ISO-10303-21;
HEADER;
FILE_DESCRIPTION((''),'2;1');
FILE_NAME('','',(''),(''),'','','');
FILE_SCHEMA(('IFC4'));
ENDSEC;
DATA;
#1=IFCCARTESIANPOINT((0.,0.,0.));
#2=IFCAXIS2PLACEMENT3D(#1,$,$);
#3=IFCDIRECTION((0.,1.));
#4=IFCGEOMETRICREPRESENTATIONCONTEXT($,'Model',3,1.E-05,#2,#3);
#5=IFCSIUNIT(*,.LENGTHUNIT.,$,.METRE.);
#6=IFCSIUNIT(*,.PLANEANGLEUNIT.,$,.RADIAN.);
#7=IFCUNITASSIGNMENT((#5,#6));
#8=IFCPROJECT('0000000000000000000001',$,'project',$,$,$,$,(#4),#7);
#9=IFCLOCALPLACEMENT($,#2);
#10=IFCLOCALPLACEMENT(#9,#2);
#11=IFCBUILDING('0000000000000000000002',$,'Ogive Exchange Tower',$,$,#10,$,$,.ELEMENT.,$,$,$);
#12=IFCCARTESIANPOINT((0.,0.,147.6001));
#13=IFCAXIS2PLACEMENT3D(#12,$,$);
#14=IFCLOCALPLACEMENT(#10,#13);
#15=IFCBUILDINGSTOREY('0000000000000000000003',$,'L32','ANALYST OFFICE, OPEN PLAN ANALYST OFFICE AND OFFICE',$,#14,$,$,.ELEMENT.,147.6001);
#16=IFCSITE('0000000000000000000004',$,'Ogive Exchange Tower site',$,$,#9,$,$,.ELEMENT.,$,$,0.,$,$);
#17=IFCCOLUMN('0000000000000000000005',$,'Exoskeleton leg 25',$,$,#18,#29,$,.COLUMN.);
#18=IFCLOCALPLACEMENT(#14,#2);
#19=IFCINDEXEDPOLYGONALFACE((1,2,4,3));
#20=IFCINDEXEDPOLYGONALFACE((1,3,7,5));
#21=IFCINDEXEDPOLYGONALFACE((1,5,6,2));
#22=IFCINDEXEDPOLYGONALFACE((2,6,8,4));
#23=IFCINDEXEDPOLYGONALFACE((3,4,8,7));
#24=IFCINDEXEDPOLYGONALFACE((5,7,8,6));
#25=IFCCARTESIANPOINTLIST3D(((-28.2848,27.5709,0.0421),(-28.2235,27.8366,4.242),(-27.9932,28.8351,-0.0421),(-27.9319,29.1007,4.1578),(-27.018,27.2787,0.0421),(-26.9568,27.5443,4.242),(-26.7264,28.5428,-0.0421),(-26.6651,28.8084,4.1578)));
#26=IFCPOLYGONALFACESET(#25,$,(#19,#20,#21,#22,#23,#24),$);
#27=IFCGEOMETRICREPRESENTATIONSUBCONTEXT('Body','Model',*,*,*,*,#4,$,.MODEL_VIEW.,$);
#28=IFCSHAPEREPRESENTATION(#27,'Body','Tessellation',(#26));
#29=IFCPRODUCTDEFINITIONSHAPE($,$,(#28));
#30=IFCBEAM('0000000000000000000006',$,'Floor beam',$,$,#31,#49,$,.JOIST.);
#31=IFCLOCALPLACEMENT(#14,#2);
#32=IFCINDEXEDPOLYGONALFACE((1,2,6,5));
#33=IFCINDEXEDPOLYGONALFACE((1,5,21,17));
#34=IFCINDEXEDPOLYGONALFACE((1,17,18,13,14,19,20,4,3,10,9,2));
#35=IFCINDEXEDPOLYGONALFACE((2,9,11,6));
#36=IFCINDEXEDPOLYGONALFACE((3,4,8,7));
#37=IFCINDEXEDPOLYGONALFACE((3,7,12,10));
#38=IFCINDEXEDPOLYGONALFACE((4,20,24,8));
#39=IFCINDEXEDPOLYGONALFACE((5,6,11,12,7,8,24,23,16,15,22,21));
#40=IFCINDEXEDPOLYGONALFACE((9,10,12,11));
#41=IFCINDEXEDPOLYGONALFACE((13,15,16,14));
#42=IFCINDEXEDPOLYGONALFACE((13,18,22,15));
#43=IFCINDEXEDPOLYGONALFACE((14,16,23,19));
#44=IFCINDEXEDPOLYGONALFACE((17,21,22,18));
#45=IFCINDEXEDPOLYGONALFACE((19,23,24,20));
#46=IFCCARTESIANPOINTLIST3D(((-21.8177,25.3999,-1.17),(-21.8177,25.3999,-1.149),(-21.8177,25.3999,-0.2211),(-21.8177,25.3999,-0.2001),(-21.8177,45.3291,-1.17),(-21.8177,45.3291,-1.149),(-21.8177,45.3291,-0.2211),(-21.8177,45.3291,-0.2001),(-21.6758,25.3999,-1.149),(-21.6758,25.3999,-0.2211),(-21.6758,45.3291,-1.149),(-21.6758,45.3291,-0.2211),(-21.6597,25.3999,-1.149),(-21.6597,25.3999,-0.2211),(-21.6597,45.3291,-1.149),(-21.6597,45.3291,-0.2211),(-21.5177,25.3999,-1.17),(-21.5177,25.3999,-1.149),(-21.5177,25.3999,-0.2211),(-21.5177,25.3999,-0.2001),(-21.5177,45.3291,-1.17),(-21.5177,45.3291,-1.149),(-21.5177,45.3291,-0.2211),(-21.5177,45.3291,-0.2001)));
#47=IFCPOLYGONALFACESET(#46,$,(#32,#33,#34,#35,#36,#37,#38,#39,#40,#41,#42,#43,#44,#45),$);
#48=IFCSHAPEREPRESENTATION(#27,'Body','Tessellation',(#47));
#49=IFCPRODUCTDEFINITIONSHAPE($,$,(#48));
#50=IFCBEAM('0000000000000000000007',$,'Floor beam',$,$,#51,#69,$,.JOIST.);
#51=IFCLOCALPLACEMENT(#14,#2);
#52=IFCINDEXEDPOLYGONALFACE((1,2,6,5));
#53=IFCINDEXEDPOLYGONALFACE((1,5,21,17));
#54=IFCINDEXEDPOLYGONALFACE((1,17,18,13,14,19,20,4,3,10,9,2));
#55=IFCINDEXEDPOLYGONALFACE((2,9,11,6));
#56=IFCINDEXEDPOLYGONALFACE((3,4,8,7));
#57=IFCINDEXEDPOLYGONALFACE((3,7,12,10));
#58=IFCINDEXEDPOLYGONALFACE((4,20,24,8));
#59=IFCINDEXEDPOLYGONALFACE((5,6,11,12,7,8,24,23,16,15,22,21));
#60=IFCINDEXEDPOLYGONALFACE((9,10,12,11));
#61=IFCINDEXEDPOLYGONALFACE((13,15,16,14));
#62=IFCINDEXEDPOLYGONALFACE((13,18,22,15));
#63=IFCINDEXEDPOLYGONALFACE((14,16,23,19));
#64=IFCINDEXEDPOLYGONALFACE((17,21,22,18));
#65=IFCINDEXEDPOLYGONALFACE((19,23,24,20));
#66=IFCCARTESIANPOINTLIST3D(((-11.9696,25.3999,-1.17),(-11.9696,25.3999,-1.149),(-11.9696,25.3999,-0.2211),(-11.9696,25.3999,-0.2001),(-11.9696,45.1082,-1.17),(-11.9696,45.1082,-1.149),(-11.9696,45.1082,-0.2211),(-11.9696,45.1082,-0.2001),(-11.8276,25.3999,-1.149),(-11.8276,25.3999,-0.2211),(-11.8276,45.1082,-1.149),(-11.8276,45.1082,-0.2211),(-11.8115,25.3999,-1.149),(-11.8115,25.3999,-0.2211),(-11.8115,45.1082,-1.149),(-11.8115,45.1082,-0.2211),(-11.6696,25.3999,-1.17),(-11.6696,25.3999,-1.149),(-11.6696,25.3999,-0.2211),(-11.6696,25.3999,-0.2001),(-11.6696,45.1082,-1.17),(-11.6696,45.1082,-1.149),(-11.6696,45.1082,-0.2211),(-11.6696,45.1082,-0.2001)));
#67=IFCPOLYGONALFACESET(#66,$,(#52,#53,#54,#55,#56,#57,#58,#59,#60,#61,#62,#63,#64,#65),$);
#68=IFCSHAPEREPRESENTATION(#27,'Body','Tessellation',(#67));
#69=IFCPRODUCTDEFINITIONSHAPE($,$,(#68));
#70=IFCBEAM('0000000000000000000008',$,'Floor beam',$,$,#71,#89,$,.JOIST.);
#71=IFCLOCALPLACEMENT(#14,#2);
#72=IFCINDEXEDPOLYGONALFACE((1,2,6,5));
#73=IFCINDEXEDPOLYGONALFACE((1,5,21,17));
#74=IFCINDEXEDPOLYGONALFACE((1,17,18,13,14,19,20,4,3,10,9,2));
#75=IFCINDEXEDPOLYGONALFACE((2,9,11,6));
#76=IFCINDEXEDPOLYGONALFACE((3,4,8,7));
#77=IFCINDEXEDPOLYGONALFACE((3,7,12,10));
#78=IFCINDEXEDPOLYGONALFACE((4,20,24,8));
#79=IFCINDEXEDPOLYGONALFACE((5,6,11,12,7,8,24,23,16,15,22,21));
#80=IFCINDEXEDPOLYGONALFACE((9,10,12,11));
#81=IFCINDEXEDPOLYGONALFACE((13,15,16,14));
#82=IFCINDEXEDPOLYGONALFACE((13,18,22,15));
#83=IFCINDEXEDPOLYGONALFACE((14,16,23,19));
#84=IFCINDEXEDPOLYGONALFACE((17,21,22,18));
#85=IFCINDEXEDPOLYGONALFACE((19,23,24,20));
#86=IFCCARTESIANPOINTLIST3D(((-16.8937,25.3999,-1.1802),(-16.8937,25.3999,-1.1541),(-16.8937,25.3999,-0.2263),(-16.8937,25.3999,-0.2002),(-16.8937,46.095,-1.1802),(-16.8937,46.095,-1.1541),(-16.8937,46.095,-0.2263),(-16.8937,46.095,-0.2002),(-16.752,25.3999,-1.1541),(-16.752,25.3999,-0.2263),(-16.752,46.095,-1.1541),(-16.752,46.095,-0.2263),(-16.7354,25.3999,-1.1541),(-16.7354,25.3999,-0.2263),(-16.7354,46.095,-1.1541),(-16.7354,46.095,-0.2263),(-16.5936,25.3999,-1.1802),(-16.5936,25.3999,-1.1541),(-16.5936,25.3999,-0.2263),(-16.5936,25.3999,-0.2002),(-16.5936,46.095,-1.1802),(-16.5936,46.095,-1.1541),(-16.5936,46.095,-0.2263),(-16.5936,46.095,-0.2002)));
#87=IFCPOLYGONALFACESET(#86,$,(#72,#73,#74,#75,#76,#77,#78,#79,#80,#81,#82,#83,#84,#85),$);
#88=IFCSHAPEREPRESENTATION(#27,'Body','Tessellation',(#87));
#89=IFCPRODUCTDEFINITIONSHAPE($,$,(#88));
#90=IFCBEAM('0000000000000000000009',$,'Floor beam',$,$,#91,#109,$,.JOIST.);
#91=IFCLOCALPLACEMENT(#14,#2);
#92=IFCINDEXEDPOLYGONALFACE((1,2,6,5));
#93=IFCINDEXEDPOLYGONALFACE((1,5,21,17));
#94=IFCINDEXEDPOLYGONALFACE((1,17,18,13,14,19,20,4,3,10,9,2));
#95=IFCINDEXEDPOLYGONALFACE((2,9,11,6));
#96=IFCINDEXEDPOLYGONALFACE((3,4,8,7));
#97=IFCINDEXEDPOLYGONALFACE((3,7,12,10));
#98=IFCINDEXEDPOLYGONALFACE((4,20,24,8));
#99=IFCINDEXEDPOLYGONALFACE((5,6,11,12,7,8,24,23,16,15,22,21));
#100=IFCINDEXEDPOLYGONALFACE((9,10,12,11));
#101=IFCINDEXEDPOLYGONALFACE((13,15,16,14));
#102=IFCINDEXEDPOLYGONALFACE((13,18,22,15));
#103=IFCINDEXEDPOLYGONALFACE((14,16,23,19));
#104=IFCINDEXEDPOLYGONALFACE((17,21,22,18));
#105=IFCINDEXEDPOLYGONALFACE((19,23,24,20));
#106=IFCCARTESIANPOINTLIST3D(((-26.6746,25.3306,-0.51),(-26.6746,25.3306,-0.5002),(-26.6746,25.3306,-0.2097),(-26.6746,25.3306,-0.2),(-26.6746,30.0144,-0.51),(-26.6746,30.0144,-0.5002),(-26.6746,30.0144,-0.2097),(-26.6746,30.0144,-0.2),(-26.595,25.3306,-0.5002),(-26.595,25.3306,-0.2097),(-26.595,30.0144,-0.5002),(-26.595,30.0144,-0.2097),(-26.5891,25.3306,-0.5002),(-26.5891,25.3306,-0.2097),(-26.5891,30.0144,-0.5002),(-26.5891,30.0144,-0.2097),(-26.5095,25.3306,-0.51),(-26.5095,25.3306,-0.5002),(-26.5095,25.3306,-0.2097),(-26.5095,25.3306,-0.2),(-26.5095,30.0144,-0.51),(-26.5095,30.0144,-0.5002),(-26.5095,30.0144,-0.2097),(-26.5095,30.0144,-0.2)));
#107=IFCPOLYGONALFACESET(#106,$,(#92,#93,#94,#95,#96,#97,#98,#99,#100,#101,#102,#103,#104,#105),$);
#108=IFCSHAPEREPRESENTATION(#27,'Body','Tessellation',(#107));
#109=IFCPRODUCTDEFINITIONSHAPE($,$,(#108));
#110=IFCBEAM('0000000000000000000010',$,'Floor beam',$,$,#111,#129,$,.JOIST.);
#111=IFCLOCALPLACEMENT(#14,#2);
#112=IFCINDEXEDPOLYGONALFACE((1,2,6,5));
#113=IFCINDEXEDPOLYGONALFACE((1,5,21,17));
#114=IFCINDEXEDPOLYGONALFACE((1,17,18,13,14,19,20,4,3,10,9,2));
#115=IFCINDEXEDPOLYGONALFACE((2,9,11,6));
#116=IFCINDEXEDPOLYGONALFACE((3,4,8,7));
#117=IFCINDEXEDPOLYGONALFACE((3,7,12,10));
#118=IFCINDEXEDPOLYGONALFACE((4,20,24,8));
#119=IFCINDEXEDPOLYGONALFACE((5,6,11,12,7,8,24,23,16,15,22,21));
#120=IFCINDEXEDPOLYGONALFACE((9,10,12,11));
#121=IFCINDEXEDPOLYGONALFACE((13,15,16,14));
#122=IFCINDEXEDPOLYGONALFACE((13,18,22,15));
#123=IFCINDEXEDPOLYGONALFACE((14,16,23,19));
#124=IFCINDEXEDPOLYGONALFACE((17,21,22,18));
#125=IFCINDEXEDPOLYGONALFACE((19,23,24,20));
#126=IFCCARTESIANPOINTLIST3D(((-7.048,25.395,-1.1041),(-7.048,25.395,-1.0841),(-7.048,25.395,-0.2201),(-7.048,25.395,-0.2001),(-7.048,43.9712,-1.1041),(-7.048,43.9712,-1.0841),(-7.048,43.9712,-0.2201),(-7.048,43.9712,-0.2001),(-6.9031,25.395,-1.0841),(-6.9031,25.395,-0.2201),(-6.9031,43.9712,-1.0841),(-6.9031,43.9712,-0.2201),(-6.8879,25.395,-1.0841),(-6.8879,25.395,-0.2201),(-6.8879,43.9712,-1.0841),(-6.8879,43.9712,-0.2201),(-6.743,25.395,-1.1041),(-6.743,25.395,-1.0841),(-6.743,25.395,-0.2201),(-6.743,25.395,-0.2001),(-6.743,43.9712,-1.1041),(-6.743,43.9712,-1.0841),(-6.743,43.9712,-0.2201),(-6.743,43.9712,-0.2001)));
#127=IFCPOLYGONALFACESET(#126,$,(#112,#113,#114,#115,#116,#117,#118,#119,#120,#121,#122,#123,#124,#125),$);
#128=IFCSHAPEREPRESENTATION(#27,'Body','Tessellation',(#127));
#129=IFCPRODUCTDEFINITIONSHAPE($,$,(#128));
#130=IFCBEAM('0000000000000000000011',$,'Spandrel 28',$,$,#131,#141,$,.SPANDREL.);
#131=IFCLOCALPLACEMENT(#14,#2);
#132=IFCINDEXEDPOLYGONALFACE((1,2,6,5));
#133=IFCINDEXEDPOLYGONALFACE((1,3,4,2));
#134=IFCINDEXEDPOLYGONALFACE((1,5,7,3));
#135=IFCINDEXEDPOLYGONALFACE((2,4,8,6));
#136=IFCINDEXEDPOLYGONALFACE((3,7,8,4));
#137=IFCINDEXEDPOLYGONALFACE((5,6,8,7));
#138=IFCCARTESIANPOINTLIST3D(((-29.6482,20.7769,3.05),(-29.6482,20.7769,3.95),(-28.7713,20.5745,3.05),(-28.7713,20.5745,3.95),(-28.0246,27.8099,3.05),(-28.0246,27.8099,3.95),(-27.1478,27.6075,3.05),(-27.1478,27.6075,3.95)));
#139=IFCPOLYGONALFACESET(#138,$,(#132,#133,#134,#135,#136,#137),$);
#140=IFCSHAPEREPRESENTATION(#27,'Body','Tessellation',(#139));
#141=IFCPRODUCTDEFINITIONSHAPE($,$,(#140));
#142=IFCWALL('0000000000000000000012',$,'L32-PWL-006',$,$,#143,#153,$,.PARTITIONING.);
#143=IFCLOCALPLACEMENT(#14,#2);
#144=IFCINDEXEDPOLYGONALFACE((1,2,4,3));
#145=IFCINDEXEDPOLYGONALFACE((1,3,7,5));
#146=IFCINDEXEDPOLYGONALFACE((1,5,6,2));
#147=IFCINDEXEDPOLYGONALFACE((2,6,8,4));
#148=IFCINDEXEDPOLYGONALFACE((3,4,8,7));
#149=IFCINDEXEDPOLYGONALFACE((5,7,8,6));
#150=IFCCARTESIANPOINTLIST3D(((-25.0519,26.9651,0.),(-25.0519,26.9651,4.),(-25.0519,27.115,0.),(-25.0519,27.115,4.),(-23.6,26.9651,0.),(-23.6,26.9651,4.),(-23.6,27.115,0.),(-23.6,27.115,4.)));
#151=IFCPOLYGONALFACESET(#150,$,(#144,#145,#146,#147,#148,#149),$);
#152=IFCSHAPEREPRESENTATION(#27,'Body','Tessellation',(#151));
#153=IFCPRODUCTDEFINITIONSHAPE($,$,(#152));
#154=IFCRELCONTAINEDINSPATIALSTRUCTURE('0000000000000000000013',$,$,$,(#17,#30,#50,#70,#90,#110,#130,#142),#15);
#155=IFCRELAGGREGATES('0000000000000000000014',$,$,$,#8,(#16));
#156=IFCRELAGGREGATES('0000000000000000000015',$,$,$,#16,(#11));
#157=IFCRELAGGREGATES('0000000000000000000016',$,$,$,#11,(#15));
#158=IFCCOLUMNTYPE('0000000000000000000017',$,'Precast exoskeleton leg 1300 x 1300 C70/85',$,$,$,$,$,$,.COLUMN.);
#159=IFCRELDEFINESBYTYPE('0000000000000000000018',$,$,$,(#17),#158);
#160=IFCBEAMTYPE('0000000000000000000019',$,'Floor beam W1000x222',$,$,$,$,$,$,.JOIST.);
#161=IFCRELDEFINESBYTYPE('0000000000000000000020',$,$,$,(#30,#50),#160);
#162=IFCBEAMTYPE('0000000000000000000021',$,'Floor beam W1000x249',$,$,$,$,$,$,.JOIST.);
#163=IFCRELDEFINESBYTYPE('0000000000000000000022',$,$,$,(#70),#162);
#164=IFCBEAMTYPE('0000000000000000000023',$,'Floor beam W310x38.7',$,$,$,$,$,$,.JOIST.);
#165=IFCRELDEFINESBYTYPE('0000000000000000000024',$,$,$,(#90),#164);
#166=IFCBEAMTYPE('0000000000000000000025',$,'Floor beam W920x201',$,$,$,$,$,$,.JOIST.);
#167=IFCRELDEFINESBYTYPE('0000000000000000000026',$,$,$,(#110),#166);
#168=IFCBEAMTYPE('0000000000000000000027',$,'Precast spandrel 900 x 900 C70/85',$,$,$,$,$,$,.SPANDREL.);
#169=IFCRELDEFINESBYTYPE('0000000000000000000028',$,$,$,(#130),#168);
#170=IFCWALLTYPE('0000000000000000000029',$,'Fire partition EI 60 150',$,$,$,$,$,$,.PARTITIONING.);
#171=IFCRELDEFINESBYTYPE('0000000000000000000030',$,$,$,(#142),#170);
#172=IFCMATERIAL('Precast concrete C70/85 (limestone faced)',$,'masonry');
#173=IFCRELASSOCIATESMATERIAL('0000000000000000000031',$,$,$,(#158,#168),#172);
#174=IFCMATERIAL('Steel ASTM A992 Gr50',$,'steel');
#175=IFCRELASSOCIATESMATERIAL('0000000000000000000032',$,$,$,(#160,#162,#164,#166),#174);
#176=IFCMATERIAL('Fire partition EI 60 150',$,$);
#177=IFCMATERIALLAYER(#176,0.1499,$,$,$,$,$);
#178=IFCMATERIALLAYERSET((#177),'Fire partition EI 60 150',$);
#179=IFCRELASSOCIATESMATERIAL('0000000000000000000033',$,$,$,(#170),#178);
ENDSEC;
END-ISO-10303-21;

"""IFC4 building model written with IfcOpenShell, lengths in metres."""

from ifc_helpers import new_model, si_unit, direction, frame, frame_2d, origin, origin_2d, place, context, subcontext, project, spatial, rectangle, i_section, extrude, material, layer, layer_set, material_profile, profile_set, type_object, element, save


model = new_model("IFC4")

# Units and contexts
model_context = context("Model", 3, precision=1e-05, world=origin(), true_north=direction((0.0, 1.0)))
body_context = subcontext(model_context, "Body", "Model", "MODEL_VIEW")
ifc_project = project(units=[si_unit("LENGTHUNIT", "METRE"), si_unit("PLANEANGLEUNIT", "RADIAN")], contexts=[model_context])

# Site, building, storey
site_placement = place(None, origin())
site = spatial("IfcSite", under=ifc_project, at=site_placement, Name="Ogive Exchange Tower site", CompositionType="ELEMENT", RefElevation=0.0)
building_placement = place(site_placement, origin())
building = spatial("IfcBuilding", under=site, at=building_placement, Name="Ogive Exchange Tower", CompositionType="ELEMENT")
storey_placement = place(building_placement, frame((0.0, 0.0, 147.6001)))
storey = spatial("IfcBuildingStorey", under=building, at=storey_placement, Name="L32", Description="ANALYST OFFICE, OPEN PLAN ANALYST OFFICE AND OFFICE", CompositionType="ELEMENT", Elevation=147.6001)

# Column
ifc_material_1 = material(Name="Precast concrete C70/85 (limestone faced)", Category="masonry")
ifc_material_profile_1 = material_profile(ifc_material_1, rectangle(XDim=1.3, YDim=1.3, at=origin_2d()), Name="1300 x 1300")
ifc_profile_set_1 = profile_set([ifc_material_profile_1], Name="Precast concrete C70/85 (limestone faced)")
column_type = type_object("IfcColumnType", Name="Precast exoskeleton leg 1300 x 1300 C70/85", PredefinedType="COLUMN", material=ifc_profile_set_1)
column_placement = place(storey_placement, frame((-27.5056, 28.0569, 0.0), z_axis=(0.01456, 0.063112, 0.9979), x_axis=(-0.974406, 0.224794, 0.0)))
element("IfcColumn", 1, at=column_placement, inside=storey, type_object=column_type, Name="Exoskeleton leg 25", PredefinedType="COLUMN", context=body_context, shape_type="SweptSolid", body=[
    extrude(rectangle(XDim=1.3, YDim=1.3, at=origin_2d()), origin(), (0.0, 0.0, 1.0), 4.2087),
])

# Beams
ifc_material_2 = material(Name="Steel ASTM A992 Gr50", Category="steel")
ifc_material_profile_2 = material_profile(ifc_material_2, i_section(OverallWidth=0.3, OverallDepth=0.97, WebThickness=0.0161, FlangeThickness=0.021, at=origin_2d()), Name="W1000x222")
ifc_profile_set_2 = profile_set([ifc_material_profile_2], Name="Steel ASTM A992 Gr50")
beam_type_1 = type_object("IfcBeamType", Name="Floor beam W1000x222", PredefinedType="JOIST", material=ifc_profile_set_2)
beam_1_placement = place(storey_placement, frame((-21.6677, 25.3999, -0.6851), z_axis=(0.0, 1.0, 0.0), x_axis=(-1.0, 0.0, 0.0)))
element("IfcBeam", 2, at=beam_1_placement, inside=storey, type_object=beam_type_1, Name="Floor beam", PredefinedType="JOIST", context=body_context, shape_type="SweptSolid", body=[
    extrude(i_section(OverallWidth=0.3, OverallDepth=0.97, WebThickness=0.0161, FlangeThickness=0.021, at=origin_2d()), origin(), (0.0, 0.0, 1.0), 19.9292),
])
beam_2_placement = place(storey_placement, frame((-11.8196, 25.3999, -0.6851), z_axis=(0.0, 1.0, 0.0), x_axis=(-1.0, 0.0, 0.0)))
element("IfcBeam", 3, at=beam_2_placement, inside=storey, type_object=beam_type_1, Name="Floor beam", PredefinedType="JOIST", context=body_context, shape_type="SweptSolid", body=[
    extrude(i_section(OverallWidth=0.3, OverallDepth=0.97, WebThickness=0.0161, FlangeThickness=0.021, at=origin_2d()), origin(), (0.0, 0.0, 1.0), 19.7083),
])
ifc_material_profile_3 = material_profile(ifc_material_2, i_section(OverallWidth=0.3, OverallDepth=0.98, WebThickness=0.0166, FlangeThickness=0.0261, at=origin_2d()), Name="W1000x249")
ifc_profile_set_3 = profile_set([ifc_material_profile_3], Name="Steel ASTM A992 Gr50")
beam_type_2 = type_object("IfcBeamType", Name="Floor beam W1000x249", PredefinedType="JOIST", material=ifc_profile_set_3)
beam_3_placement = place(storey_placement, frame((-16.7437, 25.3999, -0.6902), z_axis=(0.0, 1.0, 0.0), x_axis=(-1.0, 0.0, 0.0)))
element("IfcBeam", 4, at=beam_3_placement, inside=storey, type_object=beam_type_2, Name="Floor beam", PredefinedType="JOIST", context=body_context, shape_type="SweptSolid", body=[
    extrude(i_section(OverallWidth=0.3, OverallDepth=0.98, WebThickness=0.0166, FlangeThickness=0.0261, at=origin_2d()), origin(), (0.0, 0.0, 1.0), 20.6951),
])
ifc_material_profile_4 = material_profile(ifc_material_2, i_section(OverallWidth=0.165, OverallDepth=0.3101, WebThickness=0.0059, FlangeThickness=0.0098, at=origin_2d()), Name="W310x38.7")
ifc_profile_set_4 = profile_set([ifc_material_profile_4], Name="Steel ASTM A992 Gr50")
beam_type_3 = type_object("IfcBeamType", Name="Floor beam W310x38.7", PredefinedType="JOIST", material=ifc_profile_set_4)
beam_4_placement = place(storey_placement, frame((-26.592, 25.3306, -0.355), z_axis=(0.0, 1.0, 0.0), x_axis=(-1.0, 0.0, 0.0)))
element("IfcBeam", 5, at=beam_4_placement, inside=storey, type_object=beam_type_3, Name="Floor beam", PredefinedType="JOIST", context=body_context, shape_type="SweptSolid", body=[
    extrude(i_section(OverallWidth=0.165, OverallDepth=0.3101, WebThickness=0.0059, FlangeThickness=0.0098, at=origin_2d()), origin(), (0.0, 0.0, 1.0), 4.6838),
])
ifc_material_profile_5 = material_profile(ifc_material_2, i_section(OverallWidth=0.3049, OverallDepth=0.9041, WebThickness=0.0151, FlangeThickness=0.02, at=origin_2d()), Name="W920x201")
ifc_profile_set_5 = profile_set([ifc_material_profile_5], Name="Steel ASTM A992 Gr50")
beam_type_4 = type_object("IfcBeamType", Name="Floor beam W920x201", PredefinedType="JOIST", material=ifc_profile_set_5)
beam_5_placement = place(storey_placement, frame((-6.8955, 25.395, -0.6521), z_axis=(0.0, 1.0, 0.0), x_axis=(-1.0, 0.0, 0.0)))
element("IfcBeam", 6, at=beam_5_placement, inside=storey, type_object=beam_type_4, Name="Floor beam", PredefinedType="JOIST", context=body_context, shape_type="SweptSolid", body=[
    extrude(i_section(OverallWidth=0.3049, OverallDepth=0.9041, WebThickness=0.0151, FlangeThickness=0.02, at=origin_2d()), origin(), (0.0, 0.0, 1.0), 18.5762),
])
ifc_material_profile_6 = material_profile(ifc_material_1, rectangle(XDim=0.8999, YDim=0.8999, at=origin_2d()), Name="900 x 900")
ifc_profile_set_6 = profile_set([ifc_material_profile_6], Name="Precast concrete C70/85 (limestone faced)")
beam_type_5 = type_object("IfcBeamType", Name="Precast spandrel 900 x 900 C70/85", PredefinedType="SPANDREL", material=ifc_profile_set_6)
beam_6_placement = place(storey_placement, frame((-27.5862, 27.7087, 3.5), z_axis=(-0.224931, -0.974375, 0.0), x_axis=(0.974375, -0.224931, 0.0)))
element("IfcBeam", 7, at=beam_6_placement, inside=storey, type_object=beam_type_5, Name="Spandrel 28", PredefinedType="SPANDREL", context=body_context, shape_type="SweptSolid", body=[
    extrude(rectangle(XDim=0.8999, YDim=0.8999, at=origin_2d()), origin(), (0.0, 0.0, 1.0), 7.218),
])

# Wall
ifc_material_3 = material(Name="Fire partition EI 60 150")
ifc_layer_1 = layer(ifc_material_3, 0.1499)
ifc_layer_set_1 = layer_set([ifc_layer_1], Name="Fire partition EI 60 150")
wall_type_1 = type_object("IfcWallType", Name="Fire partition EI 60 150", PredefinedType="PARTITIONING", material=ifc_layer_set_1)
wall_1_placement = place(storey_placement, frame((-25.052, 27.04, 0.0), z_axis=(0.0, 0.0, 1.0), x_axis=(1.0, 0.0, 0.0)))
element("IfcWall", 8, at=wall_1_placement, inside=storey, type_object=wall_type_1, Name="L32-PWL-006", PredefinedType="PARTITIONING", context=body_context, shape_type="SweptSolid", body=[
    extrude(rectangle(XDim=1.4519, YDim=0.1499, at=frame_2d((0.7261, 0.0))), origin(), (0.0, 0.0, 1.0), 4.0),
])

save(model, "model.ifc")
